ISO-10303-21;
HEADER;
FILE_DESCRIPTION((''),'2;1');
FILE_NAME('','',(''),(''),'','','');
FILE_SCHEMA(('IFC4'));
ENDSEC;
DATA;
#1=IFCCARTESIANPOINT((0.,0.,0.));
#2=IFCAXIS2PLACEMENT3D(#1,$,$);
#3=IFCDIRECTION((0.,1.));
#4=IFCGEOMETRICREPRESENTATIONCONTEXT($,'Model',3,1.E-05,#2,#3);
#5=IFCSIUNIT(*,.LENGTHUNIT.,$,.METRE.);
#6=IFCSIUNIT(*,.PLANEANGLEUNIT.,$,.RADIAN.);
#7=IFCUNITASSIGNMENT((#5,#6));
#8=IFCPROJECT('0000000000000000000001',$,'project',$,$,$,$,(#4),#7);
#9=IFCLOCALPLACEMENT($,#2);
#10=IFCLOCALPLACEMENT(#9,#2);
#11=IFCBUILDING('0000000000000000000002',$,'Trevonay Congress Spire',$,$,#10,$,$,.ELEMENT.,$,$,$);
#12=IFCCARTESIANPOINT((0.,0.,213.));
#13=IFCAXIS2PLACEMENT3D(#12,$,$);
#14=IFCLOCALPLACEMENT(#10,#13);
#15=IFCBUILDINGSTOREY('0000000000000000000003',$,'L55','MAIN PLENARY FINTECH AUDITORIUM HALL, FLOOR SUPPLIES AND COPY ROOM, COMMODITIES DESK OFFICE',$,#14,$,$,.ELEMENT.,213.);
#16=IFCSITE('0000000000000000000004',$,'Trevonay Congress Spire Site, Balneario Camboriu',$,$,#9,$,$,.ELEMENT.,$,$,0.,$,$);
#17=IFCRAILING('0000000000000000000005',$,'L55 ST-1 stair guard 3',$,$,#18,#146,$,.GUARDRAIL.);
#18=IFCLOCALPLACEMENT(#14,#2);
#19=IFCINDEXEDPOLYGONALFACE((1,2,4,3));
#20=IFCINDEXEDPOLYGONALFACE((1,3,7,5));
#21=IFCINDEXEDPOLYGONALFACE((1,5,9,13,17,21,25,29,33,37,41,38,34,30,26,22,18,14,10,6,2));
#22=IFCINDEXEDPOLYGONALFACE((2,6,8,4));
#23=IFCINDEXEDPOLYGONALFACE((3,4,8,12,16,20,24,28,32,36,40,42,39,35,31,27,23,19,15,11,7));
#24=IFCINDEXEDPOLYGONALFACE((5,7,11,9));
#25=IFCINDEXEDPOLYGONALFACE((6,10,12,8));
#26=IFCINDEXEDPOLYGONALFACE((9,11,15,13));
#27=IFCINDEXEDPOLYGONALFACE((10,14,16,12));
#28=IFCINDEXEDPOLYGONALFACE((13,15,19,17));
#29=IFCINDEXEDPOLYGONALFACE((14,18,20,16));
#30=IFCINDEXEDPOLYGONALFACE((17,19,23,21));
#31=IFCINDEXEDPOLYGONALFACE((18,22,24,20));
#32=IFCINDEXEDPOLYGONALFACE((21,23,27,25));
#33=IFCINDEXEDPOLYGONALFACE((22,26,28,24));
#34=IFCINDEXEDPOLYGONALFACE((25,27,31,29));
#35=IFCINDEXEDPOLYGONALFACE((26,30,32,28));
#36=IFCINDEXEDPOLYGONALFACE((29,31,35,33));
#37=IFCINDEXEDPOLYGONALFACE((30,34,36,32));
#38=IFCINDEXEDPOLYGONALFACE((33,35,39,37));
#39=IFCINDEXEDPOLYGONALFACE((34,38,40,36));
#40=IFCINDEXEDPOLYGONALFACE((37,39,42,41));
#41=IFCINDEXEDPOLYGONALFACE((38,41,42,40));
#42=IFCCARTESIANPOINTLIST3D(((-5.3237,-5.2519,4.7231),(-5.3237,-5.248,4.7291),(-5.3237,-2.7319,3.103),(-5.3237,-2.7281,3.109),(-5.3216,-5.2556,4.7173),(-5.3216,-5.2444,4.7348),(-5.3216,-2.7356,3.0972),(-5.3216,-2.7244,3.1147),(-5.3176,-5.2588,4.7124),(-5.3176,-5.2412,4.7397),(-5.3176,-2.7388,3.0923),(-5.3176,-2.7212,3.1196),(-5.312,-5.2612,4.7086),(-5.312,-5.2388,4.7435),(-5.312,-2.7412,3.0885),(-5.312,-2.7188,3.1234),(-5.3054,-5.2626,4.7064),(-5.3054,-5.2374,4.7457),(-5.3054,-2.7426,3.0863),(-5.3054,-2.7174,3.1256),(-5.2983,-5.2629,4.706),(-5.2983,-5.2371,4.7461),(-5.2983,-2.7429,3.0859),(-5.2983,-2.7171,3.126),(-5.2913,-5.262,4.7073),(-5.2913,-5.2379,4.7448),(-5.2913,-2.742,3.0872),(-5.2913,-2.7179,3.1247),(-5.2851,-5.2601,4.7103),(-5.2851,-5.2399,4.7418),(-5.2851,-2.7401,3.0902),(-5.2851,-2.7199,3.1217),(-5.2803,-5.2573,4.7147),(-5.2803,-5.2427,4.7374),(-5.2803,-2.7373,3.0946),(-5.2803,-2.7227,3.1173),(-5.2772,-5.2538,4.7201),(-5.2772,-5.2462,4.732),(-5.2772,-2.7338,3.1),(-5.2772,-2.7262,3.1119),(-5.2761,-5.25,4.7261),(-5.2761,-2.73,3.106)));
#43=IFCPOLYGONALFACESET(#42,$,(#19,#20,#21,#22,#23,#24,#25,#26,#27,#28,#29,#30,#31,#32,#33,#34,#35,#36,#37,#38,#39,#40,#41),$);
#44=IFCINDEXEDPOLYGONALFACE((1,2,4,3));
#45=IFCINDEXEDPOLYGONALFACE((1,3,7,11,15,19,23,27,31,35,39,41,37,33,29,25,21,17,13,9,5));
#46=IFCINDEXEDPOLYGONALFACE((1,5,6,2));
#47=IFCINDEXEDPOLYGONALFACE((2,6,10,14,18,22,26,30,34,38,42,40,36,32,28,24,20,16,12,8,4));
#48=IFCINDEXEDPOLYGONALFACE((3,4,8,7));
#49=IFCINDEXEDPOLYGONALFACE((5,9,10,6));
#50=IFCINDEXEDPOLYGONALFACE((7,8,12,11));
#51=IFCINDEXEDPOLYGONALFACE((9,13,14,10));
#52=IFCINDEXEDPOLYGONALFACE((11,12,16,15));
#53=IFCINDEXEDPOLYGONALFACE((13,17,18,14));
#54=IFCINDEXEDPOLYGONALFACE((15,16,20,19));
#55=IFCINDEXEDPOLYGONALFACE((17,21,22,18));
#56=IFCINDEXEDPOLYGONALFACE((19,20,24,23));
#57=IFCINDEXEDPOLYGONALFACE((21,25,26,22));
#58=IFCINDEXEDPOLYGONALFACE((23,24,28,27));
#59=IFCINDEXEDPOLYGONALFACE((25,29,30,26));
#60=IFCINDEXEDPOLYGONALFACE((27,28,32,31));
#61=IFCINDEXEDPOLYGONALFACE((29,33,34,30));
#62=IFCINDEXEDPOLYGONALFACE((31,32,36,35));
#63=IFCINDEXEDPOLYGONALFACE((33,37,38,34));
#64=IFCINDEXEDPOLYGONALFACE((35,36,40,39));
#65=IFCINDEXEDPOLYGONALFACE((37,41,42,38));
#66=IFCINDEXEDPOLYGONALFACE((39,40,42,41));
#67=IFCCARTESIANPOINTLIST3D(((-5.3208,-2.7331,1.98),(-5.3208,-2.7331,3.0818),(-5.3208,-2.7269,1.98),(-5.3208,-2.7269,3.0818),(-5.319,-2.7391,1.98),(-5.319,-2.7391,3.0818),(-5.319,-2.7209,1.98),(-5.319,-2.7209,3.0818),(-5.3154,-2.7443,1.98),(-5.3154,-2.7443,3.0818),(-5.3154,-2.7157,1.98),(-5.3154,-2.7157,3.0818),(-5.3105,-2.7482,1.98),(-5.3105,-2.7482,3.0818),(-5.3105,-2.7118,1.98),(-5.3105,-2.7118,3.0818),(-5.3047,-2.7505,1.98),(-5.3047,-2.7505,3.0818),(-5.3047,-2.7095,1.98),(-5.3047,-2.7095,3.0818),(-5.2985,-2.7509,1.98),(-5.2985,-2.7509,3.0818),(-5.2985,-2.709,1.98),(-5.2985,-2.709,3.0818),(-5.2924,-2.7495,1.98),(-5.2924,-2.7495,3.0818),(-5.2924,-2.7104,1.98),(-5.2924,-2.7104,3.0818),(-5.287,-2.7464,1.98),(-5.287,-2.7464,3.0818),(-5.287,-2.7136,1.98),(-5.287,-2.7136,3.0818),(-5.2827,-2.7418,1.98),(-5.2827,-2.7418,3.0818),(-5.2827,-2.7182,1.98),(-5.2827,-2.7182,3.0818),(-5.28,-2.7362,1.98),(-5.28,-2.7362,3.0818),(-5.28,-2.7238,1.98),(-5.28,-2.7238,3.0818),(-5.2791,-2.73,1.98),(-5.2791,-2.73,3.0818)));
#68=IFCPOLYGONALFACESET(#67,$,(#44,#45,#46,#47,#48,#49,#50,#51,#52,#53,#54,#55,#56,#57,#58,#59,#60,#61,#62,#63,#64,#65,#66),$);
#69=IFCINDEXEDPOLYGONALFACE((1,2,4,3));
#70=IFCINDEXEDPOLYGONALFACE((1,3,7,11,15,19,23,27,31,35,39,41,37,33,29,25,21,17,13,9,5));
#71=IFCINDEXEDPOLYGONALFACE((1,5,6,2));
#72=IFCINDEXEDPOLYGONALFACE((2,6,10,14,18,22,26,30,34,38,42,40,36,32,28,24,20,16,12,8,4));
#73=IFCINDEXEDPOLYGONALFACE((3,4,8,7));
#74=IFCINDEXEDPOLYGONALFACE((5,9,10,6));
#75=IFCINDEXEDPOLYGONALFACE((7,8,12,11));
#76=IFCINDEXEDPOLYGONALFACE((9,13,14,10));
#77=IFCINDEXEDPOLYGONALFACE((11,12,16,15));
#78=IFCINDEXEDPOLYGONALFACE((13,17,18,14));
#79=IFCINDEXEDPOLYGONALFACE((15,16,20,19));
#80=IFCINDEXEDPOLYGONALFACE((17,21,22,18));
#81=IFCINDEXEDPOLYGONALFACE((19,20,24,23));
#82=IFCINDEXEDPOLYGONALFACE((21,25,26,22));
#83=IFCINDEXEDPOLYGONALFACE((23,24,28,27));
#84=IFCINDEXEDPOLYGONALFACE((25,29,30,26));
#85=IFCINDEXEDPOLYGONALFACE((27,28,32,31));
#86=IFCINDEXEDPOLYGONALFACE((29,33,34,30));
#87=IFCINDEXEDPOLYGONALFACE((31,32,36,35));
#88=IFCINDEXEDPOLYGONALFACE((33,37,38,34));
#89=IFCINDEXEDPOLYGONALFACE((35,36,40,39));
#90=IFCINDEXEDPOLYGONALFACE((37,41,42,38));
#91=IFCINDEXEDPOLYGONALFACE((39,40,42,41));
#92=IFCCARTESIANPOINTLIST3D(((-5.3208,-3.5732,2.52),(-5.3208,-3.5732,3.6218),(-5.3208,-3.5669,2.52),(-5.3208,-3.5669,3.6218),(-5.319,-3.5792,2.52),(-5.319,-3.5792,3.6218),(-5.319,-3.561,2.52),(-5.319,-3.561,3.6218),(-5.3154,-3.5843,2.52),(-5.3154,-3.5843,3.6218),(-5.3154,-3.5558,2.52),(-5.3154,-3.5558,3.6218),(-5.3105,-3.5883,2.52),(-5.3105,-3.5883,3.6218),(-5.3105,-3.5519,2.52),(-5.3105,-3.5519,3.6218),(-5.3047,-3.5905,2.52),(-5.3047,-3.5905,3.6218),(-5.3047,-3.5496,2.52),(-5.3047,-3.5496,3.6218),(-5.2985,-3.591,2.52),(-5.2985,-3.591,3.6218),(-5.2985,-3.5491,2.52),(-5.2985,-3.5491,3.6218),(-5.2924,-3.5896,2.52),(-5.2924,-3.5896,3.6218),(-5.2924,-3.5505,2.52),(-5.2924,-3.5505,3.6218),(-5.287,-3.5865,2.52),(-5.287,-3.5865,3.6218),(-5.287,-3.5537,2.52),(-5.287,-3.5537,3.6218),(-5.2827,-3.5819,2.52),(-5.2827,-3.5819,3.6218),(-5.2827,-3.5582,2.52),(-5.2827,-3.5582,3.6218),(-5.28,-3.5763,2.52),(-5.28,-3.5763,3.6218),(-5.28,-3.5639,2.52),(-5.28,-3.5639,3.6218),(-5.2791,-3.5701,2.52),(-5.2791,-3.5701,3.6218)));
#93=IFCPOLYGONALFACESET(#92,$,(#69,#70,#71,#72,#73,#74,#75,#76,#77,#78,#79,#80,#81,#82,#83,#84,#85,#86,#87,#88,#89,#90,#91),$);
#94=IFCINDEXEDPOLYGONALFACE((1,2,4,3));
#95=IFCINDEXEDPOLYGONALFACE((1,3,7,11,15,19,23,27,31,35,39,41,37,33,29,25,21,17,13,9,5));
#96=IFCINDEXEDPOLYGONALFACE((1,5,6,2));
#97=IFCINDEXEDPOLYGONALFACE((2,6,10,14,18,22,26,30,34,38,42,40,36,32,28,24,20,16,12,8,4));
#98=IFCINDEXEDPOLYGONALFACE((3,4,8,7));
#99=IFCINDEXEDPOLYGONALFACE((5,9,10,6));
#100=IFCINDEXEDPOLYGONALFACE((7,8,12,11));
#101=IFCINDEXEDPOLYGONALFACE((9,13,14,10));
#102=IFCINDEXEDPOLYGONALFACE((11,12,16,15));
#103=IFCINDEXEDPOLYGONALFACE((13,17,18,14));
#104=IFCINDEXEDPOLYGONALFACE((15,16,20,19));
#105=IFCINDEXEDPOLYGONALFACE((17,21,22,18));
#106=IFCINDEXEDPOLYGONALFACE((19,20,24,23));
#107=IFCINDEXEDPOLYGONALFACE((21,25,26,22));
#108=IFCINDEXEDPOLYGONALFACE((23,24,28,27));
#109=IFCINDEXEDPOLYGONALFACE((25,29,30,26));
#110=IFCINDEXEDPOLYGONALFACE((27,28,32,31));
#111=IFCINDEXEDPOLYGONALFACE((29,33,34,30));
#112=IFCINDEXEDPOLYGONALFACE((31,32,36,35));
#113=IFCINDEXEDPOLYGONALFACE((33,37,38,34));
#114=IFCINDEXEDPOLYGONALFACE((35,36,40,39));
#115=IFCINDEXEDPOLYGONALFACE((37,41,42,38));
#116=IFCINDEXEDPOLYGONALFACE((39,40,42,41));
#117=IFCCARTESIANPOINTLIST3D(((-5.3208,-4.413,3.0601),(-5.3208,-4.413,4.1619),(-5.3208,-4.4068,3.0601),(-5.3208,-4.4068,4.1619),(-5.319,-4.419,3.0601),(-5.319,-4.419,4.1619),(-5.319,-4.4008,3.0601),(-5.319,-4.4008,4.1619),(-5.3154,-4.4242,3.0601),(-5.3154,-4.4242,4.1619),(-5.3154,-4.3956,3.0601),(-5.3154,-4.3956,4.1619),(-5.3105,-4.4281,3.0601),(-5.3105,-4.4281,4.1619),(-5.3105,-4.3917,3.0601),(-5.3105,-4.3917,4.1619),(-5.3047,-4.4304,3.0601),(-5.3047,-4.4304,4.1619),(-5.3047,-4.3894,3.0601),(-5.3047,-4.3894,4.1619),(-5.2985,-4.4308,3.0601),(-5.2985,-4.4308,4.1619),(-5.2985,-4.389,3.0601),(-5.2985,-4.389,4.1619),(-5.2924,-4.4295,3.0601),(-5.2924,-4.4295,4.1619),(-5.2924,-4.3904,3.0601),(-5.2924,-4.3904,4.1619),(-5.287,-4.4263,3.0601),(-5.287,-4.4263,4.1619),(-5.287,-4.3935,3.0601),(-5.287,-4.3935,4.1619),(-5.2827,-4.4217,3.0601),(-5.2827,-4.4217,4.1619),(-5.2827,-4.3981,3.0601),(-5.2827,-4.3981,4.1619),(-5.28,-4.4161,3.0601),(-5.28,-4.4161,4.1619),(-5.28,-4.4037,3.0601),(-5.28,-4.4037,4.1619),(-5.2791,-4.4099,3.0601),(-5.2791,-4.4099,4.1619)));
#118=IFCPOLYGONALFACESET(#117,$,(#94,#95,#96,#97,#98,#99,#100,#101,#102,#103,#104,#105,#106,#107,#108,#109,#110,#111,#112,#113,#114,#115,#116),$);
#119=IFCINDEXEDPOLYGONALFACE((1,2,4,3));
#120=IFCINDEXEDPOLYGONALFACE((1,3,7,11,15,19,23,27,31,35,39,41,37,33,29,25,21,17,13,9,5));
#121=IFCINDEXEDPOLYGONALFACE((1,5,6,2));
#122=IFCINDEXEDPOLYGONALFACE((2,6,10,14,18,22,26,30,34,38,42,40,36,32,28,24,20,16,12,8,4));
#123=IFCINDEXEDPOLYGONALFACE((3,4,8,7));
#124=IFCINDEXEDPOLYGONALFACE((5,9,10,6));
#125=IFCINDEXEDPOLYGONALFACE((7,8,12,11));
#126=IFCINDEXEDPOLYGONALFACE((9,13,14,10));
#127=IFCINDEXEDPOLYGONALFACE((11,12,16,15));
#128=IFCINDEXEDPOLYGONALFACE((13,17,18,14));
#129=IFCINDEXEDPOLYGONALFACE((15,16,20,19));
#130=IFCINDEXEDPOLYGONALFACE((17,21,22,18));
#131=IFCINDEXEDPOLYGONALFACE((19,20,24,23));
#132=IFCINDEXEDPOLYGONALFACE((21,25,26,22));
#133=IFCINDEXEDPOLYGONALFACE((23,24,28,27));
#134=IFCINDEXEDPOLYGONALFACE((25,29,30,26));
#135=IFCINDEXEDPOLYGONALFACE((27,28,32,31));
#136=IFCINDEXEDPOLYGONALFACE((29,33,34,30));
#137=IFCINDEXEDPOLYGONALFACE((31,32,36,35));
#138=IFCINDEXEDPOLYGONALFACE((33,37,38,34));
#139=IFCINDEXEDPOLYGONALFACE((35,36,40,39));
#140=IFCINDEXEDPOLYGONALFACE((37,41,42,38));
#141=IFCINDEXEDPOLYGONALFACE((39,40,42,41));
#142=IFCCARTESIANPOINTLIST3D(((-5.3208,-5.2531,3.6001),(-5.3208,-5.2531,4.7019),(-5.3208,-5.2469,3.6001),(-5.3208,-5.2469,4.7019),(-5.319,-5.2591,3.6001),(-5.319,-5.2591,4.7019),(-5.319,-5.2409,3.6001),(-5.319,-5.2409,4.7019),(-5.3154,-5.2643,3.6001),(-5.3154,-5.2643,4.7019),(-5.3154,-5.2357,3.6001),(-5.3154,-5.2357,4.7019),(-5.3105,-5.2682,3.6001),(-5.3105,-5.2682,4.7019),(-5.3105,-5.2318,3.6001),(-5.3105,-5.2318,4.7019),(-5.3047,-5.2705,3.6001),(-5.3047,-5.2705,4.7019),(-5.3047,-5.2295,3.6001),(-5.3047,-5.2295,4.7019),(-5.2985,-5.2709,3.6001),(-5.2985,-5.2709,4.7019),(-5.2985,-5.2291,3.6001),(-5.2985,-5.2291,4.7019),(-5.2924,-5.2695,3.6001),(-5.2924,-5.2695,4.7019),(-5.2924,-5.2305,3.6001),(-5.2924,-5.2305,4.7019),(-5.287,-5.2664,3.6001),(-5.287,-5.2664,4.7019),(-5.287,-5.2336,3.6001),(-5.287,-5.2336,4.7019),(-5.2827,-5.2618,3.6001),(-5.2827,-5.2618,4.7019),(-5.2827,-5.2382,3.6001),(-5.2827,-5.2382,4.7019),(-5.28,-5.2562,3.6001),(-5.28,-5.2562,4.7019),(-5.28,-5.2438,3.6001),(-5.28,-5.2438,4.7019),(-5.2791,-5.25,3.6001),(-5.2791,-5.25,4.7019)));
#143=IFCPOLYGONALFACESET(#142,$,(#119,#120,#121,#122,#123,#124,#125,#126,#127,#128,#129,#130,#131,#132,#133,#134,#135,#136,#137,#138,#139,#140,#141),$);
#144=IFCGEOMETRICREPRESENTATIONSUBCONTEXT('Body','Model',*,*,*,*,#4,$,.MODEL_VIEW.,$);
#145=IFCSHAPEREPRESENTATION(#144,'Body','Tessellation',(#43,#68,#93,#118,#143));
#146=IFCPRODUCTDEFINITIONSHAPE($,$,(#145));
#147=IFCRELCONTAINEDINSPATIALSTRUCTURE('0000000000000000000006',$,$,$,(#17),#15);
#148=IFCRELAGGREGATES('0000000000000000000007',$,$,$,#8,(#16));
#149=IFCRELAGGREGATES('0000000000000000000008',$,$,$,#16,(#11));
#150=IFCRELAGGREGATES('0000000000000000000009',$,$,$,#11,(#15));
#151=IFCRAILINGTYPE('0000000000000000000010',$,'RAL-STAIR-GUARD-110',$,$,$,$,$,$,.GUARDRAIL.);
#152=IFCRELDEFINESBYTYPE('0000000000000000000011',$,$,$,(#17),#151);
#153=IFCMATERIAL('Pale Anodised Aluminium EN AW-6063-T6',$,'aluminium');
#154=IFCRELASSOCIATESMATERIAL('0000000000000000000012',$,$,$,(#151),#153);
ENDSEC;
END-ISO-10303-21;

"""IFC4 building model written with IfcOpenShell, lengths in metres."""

from ifc_helpers import new_model, si_unit, direction, frame, origin, origin_2d, place, context, subcontext, project, spatial, circle, extrude, material, type_object, element, save


model = new_model("IFC4")

# Units and contexts
model_context = context("Model", 3, precision=1e-05, world=origin(), true_north=direction((0.0, 1.0)))
body_context = subcontext(model_context, "Body", "Model", "MODEL_VIEW")
ifc_project = project(units=[si_unit("LENGTHUNIT", "METRE"), si_unit("PLANEANGLEUNIT", "RADIAN")], contexts=[model_context])

# Site, building, storey
site_placement = place(None, origin())
site = spatial("IfcSite", under=ifc_project, at=site_placement, Name="Trevonay Congress Spire Site, Balneario Camboriu", CompositionType="ELEMENT", RefElevation=0.0)
building_placement = place(site_placement, origin())
building = spatial("IfcBuilding", under=site, at=building_placement, Name="Trevonay Congress Spire", CompositionType="ELEMENT")
storey_placement = place(building_placement, frame((0.0, 0.0, 213.0)))
storey = spatial("IfcBuildingStorey", under=building, at=storey_placement, Name="L55", Description="MAIN PLENARY FINTECH AUDITORIUM HALL, FLOOR SUPPLIES AND COPY ROOM, COMMODITIES DESK OFFICE", CompositionType="ELEMENT", Elevation=213.0)

# Railing
ifc_material_1 = material(Name="Pale Anodised Aluminium EN AW-6063-T6", Category="aluminium")
railing_type_1 = type_object("IfcRailingType", Name="RAL-STAIR-GUARD-110", PredefinedType="GUARDRAIL", material=ifc_material_1)
railing_1_placement = place(storey_placement, frame((-5.3, -2.73, 1.98)))
element("IfcRailing", 1, at=railing_1_placement, inside=storey, type_object=railing_type_1, Name="L55 ST-1 stair guard 3", PredefinedType="GUARDRAIL", context=body_context, shape_type="SweptSolid", body=[
    extrude(circle(Radius=0.0239, at=origin_2d()), frame((0.0, 0.0, 1.126), z_axis=(0.0, -0.841163, 0.540782), x_axis=(1.0, 0.0, 0.0)), (0.0, 0.0, 1.0), 2.9958),
    extrude(circle(Radius=0.021, at=origin_2d()), origin(), (0.0, 0.0, 1.0), 1.1018),
    extrude(circle(Radius=0.021, at=origin_2d()), frame((0.0, -0.8401, 0.54)), (0.0, 0.0, 1.0), 1.1018),
    extrude(circle(Radius=0.021, at=origin_2d()), frame((0.0, -1.6799, 1.0801)), (0.0, 0.0, 1.0), 1.1018),
    extrude(circle(Radius=0.021, at=origin_2d()), frame((0.0, -2.52, 1.6201)), (0.0, 0.0, 1.0), 1.1018),
])

save(model, "model.ifc")
